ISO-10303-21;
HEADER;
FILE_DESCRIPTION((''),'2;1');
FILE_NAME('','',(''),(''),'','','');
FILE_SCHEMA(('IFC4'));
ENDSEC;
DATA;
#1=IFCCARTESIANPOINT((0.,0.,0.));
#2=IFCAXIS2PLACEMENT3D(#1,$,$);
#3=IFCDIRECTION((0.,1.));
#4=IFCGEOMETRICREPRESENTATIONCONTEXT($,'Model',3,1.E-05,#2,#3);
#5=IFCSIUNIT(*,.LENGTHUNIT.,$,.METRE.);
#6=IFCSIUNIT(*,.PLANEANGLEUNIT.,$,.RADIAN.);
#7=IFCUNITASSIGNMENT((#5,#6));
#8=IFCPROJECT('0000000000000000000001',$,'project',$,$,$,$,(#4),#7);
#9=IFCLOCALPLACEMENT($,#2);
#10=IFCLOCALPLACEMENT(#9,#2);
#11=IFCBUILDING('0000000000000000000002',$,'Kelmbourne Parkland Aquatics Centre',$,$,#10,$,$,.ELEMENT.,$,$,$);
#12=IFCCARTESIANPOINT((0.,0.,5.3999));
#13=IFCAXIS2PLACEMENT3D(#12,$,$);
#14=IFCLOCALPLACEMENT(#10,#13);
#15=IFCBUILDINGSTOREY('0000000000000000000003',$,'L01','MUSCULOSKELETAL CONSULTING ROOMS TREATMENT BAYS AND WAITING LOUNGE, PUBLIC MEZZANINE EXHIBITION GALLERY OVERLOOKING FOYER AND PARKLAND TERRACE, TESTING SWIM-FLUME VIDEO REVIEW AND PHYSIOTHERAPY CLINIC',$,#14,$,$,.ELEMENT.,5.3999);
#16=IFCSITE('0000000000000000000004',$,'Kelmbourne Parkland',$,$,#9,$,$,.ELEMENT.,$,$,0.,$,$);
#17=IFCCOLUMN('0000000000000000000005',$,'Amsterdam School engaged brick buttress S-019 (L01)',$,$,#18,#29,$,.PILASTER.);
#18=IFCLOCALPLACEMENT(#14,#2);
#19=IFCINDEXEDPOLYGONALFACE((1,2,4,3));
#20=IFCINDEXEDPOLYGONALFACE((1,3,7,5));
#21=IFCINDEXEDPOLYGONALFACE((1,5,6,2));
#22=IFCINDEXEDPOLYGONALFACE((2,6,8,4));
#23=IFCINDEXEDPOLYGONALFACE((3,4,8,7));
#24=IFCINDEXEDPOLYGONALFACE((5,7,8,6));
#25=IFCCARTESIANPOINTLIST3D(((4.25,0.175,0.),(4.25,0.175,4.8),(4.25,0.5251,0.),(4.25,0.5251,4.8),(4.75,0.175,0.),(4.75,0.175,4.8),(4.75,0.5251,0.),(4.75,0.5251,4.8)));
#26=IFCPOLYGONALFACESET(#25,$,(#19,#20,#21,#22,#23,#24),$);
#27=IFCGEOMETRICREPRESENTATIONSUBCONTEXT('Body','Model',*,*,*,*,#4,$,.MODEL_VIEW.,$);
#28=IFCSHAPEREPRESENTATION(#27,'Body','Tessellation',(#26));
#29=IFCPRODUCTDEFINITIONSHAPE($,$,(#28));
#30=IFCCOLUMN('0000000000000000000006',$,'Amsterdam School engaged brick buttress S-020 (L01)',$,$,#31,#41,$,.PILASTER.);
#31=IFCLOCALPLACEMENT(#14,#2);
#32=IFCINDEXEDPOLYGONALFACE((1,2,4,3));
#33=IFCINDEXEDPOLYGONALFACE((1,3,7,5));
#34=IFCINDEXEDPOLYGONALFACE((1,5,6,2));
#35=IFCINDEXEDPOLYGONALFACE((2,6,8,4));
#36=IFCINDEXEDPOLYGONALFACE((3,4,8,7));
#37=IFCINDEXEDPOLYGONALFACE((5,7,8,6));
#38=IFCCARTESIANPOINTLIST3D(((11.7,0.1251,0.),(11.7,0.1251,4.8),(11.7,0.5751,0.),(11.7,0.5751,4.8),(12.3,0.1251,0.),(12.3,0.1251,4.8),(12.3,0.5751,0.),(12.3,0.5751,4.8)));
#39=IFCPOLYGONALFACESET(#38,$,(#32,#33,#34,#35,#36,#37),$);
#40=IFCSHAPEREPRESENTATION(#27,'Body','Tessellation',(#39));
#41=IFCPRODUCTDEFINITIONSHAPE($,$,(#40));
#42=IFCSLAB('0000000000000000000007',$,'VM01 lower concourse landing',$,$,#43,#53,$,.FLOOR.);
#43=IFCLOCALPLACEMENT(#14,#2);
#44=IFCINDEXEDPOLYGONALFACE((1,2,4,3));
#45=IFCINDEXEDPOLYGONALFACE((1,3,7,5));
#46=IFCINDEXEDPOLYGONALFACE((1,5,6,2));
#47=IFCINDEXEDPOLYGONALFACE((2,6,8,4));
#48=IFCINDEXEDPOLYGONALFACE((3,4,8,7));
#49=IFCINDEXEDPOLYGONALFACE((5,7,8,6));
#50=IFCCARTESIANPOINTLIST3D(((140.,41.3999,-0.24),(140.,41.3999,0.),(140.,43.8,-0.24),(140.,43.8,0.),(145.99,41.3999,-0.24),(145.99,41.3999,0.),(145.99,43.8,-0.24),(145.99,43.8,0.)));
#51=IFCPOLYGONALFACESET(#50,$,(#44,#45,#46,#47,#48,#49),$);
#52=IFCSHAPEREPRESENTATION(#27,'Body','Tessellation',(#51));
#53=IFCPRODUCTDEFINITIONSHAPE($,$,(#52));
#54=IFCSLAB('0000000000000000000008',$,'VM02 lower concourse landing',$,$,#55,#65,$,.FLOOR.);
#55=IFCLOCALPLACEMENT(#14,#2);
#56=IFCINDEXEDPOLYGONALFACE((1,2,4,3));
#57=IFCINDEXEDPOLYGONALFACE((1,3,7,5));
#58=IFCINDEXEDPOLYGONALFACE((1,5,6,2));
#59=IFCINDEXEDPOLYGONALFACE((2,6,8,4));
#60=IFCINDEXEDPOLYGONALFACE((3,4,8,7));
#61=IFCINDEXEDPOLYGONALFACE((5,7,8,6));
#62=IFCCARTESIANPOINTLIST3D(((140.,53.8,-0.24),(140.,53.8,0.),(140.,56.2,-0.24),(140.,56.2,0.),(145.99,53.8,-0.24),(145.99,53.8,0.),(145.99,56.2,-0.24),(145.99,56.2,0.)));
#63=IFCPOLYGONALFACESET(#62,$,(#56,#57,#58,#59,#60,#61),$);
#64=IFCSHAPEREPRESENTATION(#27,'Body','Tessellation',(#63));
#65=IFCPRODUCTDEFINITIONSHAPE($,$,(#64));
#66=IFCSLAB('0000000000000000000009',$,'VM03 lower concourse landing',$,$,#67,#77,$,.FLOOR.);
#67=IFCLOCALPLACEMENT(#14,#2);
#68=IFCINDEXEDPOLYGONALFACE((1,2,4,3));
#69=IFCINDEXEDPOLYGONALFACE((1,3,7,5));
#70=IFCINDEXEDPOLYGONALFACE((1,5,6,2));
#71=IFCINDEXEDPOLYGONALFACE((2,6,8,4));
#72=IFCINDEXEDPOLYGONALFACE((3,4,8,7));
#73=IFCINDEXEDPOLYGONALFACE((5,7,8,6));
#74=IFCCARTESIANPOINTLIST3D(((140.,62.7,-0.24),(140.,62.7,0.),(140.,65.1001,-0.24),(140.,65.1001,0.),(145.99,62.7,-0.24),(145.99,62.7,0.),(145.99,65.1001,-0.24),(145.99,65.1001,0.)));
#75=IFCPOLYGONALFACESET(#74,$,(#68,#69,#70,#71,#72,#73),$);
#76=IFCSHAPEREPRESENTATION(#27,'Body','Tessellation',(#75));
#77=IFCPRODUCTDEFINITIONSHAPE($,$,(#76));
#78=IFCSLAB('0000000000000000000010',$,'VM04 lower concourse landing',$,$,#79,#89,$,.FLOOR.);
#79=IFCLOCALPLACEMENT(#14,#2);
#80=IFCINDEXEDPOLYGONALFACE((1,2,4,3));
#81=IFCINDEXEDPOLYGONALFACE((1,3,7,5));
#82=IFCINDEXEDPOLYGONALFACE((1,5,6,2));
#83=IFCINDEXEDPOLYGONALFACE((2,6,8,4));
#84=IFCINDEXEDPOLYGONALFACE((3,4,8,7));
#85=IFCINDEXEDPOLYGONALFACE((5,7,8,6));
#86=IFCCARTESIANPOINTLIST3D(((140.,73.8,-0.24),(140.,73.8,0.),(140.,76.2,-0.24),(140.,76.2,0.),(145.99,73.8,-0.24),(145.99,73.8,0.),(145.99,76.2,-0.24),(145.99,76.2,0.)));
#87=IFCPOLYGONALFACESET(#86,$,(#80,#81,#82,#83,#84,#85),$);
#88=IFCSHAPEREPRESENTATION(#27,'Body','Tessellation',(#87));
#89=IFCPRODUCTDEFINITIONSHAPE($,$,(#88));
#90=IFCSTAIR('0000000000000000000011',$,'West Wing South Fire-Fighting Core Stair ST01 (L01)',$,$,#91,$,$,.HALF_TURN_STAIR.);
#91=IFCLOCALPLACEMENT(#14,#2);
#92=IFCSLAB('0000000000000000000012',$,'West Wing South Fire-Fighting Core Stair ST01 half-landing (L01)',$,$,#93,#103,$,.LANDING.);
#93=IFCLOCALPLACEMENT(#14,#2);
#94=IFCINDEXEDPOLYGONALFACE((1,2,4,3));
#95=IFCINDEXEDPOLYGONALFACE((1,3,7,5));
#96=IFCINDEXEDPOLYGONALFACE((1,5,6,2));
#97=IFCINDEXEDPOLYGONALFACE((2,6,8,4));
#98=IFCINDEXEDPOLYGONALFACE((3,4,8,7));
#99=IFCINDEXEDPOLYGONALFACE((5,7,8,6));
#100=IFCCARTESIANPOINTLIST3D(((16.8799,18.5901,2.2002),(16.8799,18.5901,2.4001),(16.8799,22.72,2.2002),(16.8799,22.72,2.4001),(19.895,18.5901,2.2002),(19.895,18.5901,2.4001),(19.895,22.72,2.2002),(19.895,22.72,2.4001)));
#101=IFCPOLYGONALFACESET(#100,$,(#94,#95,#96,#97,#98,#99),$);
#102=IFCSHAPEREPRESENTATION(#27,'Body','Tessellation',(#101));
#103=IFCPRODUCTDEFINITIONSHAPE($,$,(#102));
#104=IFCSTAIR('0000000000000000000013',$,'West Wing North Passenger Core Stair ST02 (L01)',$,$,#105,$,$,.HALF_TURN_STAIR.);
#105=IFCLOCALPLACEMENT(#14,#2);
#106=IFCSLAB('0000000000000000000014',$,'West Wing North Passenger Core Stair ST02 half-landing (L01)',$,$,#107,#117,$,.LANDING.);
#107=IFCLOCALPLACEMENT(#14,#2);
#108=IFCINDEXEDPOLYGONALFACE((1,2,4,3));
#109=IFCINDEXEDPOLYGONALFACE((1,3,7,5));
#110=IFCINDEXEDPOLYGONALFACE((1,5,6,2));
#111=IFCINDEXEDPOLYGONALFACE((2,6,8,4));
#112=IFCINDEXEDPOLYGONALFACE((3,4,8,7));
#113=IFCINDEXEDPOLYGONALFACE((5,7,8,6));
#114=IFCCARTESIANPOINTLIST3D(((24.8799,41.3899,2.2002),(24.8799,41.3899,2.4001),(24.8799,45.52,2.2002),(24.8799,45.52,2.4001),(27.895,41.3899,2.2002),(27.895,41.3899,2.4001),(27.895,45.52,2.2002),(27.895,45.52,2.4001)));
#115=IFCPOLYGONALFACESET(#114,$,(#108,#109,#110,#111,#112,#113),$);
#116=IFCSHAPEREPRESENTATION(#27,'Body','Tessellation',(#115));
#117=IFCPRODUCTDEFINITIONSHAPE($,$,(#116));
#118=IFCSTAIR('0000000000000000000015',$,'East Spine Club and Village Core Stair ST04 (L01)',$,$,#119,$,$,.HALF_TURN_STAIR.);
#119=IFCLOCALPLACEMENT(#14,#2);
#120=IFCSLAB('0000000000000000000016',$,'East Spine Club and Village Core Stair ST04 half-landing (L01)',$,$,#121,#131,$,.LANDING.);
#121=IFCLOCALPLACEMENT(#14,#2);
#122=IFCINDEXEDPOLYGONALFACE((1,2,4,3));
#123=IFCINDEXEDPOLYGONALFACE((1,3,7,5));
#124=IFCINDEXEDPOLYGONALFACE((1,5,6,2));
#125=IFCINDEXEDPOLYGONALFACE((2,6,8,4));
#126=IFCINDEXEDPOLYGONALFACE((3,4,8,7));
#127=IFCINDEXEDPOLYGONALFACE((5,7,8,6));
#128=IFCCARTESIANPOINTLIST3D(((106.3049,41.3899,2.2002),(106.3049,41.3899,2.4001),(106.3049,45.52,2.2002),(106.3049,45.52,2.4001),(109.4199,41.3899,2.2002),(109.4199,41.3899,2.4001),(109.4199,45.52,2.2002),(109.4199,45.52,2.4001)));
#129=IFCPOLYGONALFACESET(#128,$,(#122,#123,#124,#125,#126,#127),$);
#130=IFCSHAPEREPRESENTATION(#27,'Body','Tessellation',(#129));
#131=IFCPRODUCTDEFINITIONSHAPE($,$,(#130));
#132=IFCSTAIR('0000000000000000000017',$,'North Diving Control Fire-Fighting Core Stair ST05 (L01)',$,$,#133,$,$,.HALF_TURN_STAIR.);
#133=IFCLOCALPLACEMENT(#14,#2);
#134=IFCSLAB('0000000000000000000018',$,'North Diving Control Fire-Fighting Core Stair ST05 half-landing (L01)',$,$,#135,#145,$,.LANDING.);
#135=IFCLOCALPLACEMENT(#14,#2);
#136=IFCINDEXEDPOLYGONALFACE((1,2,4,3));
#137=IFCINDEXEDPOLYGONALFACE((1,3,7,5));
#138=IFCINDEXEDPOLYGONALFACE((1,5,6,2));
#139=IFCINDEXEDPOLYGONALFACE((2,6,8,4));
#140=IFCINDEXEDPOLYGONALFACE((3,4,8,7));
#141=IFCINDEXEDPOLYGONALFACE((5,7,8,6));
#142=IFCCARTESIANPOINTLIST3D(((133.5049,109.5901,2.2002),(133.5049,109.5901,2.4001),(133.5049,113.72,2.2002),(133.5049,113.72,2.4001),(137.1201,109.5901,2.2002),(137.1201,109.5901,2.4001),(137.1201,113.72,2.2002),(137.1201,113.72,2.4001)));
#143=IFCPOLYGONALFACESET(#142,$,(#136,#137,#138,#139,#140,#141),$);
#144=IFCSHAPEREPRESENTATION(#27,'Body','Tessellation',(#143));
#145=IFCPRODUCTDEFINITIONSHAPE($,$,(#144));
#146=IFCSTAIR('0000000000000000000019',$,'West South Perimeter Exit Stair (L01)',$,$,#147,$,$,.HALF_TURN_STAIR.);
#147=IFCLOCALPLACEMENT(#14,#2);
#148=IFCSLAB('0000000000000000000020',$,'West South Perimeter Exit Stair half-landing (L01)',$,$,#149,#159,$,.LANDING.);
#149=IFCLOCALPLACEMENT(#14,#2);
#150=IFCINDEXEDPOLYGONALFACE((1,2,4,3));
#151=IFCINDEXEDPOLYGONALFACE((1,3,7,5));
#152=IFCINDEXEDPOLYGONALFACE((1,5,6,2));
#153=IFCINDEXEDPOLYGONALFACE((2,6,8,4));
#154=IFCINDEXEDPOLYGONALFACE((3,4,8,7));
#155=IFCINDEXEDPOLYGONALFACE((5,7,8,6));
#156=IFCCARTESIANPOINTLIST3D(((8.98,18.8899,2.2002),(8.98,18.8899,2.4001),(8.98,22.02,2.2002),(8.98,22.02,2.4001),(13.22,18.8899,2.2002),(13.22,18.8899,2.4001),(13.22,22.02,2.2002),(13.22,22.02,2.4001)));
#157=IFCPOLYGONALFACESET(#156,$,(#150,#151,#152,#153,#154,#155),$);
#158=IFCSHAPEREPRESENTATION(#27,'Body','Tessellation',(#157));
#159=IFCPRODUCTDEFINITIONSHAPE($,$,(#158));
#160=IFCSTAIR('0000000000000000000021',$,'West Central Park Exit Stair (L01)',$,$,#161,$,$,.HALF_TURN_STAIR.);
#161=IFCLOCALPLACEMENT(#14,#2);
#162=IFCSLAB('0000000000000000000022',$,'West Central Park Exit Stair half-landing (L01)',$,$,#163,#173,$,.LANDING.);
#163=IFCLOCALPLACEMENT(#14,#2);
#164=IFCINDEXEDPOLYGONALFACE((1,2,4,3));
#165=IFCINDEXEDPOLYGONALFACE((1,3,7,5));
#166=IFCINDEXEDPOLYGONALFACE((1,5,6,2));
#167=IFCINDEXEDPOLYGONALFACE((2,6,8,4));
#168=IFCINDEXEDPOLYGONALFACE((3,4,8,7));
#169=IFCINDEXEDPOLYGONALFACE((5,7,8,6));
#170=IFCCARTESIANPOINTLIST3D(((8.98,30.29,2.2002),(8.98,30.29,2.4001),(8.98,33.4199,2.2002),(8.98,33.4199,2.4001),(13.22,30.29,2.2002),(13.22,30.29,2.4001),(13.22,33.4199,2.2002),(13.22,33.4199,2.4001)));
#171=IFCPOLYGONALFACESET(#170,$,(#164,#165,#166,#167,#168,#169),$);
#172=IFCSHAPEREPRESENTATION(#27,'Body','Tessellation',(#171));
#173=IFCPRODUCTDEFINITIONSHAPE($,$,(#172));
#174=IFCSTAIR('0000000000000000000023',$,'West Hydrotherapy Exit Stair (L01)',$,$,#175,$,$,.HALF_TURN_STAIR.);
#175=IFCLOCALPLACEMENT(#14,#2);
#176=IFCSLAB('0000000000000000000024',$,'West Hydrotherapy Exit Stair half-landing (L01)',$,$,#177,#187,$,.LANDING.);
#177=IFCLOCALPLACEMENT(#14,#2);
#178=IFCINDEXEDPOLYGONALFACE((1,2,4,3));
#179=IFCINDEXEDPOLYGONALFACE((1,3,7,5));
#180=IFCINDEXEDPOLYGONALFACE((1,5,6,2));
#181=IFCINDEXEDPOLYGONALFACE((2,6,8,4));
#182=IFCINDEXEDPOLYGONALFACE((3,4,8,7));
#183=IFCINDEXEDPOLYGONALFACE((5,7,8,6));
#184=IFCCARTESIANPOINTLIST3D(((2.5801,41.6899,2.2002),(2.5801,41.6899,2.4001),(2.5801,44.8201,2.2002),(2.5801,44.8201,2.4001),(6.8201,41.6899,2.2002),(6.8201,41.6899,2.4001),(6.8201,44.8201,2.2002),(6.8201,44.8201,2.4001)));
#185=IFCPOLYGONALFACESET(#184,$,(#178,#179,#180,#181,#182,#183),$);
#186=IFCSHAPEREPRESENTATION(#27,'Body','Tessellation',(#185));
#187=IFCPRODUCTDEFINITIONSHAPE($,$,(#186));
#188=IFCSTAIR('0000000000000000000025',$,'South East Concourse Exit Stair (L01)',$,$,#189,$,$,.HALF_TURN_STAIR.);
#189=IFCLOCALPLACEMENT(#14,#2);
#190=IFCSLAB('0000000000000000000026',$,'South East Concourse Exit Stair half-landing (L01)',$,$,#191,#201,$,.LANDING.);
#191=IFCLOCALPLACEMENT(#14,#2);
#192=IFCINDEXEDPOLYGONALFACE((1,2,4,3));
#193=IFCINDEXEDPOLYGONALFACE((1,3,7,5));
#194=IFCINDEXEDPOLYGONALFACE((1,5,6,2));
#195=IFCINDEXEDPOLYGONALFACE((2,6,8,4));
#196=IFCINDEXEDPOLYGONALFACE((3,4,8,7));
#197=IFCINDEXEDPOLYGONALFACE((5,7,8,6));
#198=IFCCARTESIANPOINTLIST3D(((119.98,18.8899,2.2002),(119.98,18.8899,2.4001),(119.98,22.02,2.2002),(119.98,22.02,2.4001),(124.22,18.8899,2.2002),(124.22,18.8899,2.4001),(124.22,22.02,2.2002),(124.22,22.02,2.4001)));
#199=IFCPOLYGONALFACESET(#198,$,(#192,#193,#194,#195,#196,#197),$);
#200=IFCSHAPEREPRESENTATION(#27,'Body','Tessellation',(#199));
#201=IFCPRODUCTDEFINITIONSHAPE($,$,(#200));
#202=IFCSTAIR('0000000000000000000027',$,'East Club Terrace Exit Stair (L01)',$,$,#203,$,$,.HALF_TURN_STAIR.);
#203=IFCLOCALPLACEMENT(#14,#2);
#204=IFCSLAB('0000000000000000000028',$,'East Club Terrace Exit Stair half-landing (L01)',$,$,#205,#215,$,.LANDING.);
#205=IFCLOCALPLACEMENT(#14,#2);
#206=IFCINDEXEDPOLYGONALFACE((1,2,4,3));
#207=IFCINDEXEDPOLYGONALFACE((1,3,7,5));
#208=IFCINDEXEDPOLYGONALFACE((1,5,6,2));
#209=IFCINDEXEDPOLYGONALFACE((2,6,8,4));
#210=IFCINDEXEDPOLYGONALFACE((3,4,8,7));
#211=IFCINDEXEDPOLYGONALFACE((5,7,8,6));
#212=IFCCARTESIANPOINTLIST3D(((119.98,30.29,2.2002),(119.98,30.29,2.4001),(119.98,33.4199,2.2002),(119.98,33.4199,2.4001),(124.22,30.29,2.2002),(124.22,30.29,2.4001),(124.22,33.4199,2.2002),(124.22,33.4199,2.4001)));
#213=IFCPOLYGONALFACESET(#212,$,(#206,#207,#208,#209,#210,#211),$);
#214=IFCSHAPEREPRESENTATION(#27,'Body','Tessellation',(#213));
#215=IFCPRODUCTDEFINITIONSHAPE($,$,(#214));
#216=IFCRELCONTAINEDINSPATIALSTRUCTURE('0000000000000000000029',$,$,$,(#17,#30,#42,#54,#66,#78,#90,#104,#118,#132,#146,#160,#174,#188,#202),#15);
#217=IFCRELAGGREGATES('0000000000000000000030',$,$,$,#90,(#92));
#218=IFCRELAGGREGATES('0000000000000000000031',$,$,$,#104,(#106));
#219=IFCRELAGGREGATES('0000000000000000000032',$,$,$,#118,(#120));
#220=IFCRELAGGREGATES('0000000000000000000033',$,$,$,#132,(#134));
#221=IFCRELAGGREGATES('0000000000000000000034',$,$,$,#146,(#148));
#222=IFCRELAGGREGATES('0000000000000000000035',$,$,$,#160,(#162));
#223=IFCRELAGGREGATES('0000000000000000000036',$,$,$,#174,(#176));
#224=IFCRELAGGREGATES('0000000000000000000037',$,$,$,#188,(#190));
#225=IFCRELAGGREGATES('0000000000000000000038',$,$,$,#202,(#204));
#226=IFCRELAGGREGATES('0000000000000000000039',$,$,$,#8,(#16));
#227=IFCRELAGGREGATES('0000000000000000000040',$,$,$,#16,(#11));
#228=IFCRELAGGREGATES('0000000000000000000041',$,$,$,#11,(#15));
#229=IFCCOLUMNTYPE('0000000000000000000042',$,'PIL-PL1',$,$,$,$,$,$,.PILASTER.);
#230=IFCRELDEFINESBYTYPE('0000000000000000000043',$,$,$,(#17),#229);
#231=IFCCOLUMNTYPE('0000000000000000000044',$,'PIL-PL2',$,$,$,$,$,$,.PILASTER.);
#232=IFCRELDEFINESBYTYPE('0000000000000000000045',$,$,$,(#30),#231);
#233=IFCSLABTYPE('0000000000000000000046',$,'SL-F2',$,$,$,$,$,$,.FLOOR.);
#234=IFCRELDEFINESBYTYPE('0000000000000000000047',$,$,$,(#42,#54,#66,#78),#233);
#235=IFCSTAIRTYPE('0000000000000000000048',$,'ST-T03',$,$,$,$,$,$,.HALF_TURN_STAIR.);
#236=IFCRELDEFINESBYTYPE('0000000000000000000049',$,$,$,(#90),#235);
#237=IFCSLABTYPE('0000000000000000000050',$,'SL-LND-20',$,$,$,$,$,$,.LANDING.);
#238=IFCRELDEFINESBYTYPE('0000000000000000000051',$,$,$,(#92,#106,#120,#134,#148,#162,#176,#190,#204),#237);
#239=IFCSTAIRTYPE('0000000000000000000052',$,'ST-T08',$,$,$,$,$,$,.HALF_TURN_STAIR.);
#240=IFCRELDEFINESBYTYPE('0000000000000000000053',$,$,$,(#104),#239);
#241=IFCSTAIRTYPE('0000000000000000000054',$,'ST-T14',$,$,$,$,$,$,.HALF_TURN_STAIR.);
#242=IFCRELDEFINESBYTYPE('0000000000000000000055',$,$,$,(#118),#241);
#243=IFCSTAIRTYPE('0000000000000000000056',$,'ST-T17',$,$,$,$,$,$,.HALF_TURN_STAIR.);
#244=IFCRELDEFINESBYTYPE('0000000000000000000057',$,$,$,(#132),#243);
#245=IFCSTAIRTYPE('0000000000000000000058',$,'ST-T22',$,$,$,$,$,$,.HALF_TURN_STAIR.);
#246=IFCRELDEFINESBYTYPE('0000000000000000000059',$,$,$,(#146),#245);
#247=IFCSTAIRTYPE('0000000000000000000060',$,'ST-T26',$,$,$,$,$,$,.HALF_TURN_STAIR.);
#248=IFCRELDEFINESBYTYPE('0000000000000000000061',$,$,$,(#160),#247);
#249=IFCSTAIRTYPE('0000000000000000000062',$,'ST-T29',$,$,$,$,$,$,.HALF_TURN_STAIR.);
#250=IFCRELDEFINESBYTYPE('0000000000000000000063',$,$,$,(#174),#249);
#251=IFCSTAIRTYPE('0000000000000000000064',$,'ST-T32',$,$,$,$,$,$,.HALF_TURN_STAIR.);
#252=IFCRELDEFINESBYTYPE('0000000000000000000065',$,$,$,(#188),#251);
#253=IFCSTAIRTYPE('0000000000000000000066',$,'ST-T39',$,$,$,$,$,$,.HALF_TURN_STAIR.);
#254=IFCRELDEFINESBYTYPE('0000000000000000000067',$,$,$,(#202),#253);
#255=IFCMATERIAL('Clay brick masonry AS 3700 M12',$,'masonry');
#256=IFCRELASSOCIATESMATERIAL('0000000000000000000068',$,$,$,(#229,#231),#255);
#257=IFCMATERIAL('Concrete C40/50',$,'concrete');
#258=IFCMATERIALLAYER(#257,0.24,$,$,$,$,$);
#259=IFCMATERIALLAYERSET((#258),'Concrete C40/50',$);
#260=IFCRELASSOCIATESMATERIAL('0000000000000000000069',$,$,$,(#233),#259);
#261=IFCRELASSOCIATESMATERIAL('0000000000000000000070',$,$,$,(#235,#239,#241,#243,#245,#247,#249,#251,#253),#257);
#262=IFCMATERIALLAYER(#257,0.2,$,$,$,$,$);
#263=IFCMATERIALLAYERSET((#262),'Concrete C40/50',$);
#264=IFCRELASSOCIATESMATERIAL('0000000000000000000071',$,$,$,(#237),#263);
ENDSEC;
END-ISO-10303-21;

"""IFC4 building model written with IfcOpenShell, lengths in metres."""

from ifc_helpers import new_model, si_unit, direction, frame, origin, origin_2d, place, context, subcontext, project, spatial, polyline, rectangle, outline, extrude, material, layer, layer_set, material_profile, profile_set, type_object, element, aggregate, save


model = new_model("IFC4")

# Units and contexts
model_context = context("Model", 3, precision=1e-05, world=origin(), true_north=direction((0.0, 1.0)))
body_context = subcontext(model_context, "Body", "Model", "MODEL_VIEW")
ifc_project = project(units=[si_unit("LENGTHUNIT", "METRE"), si_unit("PLANEANGLEUNIT", "RADIAN")], contexts=[model_context])

# Site, building, storey
site_placement = place(None, origin())
site = spatial("IfcSite", under=ifc_project, at=site_placement, Name="Kelmbourne Parkland", CompositionType="ELEMENT", RefElevation=0.0)
building_placement = place(site_placement, origin())
building = spatial("IfcBuilding", under=site, at=building_placement, Name="Kelmbourne Parkland Aquatics Centre", CompositionType="ELEMENT")
storey_placement = place(building_placement, frame((0.0, 0.0, 5.3999)))
storey = spatial("IfcBuildingStorey", under=building, at=storey_placement, Name="L01", Description="MUSCULOSKELETAL CONSULTING ROOMS TREATMENT BAYS AND WAITING LOUNGE, PUBLIC MEZZANINE EXHIBITION GALLERY OVERLOOKING FOYER AND PARKLAND TERRACE, TESTING SWIM-FLUME VIDEO REVIEW AND PHYSIOTHERAPY CLINIC", CompositionType="ELEMENT", Elevation=5.3999)

# Columns
ifc_material_1 = material(Name="Clay brick masonry AS 3700 M12", Category="masonry")
ifc_material_profile_1 = material_profile(ifc_material_1, rectangle(XDim=0.3501, YDim=0.5, at=origin_2d()), Name="PIL 350x500")
ifc_profile_set_1 = profile_set([ifc_material_profile_1], Name="Clay brick masonry AS 3700 M12")
column_type_1 = type_object("IfcColumnType", Name="PIL-PL1", PredefinedType="PILASTER", material=ifc_profile_set_1)
column_1_placement = place(storey_placement, frame((4.5, 0.3501, 0.0), z_axis=(0.0, 0.0, 1.0), x_axis=(0.0, 1.0, 0.0)))
element("IfcColumn", 1, at=column_1_placement, inside=storey, type_object=column_type_1, Name="Amsterdam School engaged brick buttress S-019 (L01)", PredefinedType="PILASTER", context=body_context, shape_type="SweptSolid", body=[
    extrude(rectangle(XDim=0.3501, YDim=0.5, at=origin_2d()), origin(), (0.0, 0.0, 1.0), 4.8),
])
ifc_material_profile_2 = material_profile(ifc_material_1, rectangle(XDim=0.45, YDim=0.6001, at=origin_2d()), Name="PIL 450x600")
ifc_profile_set_2 = profile_set([ifc_material_profile_2], Name="Clay brick masonry AS 3700 M12")
column_type_2 = type_object("IfcColumnType", Name="PIL-PL2", PredefinedType="PILASTER", material=ifc_profile_set_2)
column_2_placement = place(storey_placement, frame((12.0, 0.3501, 0.0), z_axis=(0.0, 0.0, 1.0), x_axis=(0.0, 1.0, 0.0)))
element("IfcColumn", 2, at=column_2_placement, inside=storey, type_object=column_type_2, Name="Amsterdam School engaged brick buttress S-020 (L01)", PredefinedType="PILASTER", context=body_context, shape_type="SweptSolid", body=[
    extrude(rectangle(XDim=0.45, YDim=0.6001, at=origin_2d()), origin(), (0.0, 0.0, 1.0), 4.8),
])

# Slabs
ifc_material_2 = material(Name="Concrete C40/50", Category="concrete")
ifc_layer_1 = layer(ifc_material_2, 0.24)
ifc_layer_set_1 = layer_set([ifc_layer_1], Name="Concrete C40/50")
slab_type_1 = type_object("IfcSlabType", Name="SL-F2", PredefinedType="FLOOR", material=ifc_layer_set_1)
slab_1_placement = place(storey_placement, frame((0.0, 0.0, -0.24)))
element("IfcSlab", 3, at=slab_1_placement, inside=storey, type_object=slab_type_1, Name="VM01 lower concourse landing", PredefinedType="FLOOR", context=body_context, shape_type="SweptSolid", body=[
    extrude(outline(polyline([(140.0, 41.3999), (145.99, 41.3999), (145.99, 43.8), (140.0, 43.8), (140.0, 41.3999)])), origin(), (0.0, 0.0, 1.0), 0.24),
])
slab_2_placement = place(storey_placement, frame((0.0, 0.0, -0.24)))
element("IfcSlab", 4, at=slab_2_placement, inside=storey, type_object=slab_type_1, Name="VM02 lower concourse landing", PredefinedType="FLOOR", context=body_context, shape_type="SweptSolid", body=[
    extrude(outline(polyline([(140.0, 53.8), (145.99, 53.8), (145.99, 56.2), (140.0, 56.2), (140.0, 53.8)])), origin(), (0.0, 0.0, 1.0), 0.24),
])
slab_3_placement = place(storey_placement, frame((0.0, 0.0, -0.24)))
element("IfcSlab", 5, at=slab_3_placement, inside=storey, type_object=slab_type_1, Name="VM03 lower concourse landing", PredefinedType="FLOOR", context=body_context, shape_type="SweptSolid", body=[
    extrude(outline(polyline([(140.0, 62.7), (145.99, 62.7), (145.99, 65.1001), (140.0, 65.1001), (140.0, 62.7)])), origin(), (0.0, 0.0, 1.0), 0.24),
])
slab_4_placement = place(storey_placement, frame((0.0, 0.0, -0.24)))
element("IfcSlab", 6, at=slab_4_placement, inside=storey, type_object=slab_type_1, Name="VM04 lower concourse landing", PredefinedType="FLOOR", context=body_context, shape_type="SweptSolid", body=[
    extrude(outline(polyline([(140.0, 73.8), (145.99, 73.8), (145.99, 76.2), (140.0, 76.2), (140.0, 73.8)])), origin(), (0.0, 0.0, 1.0), 0.24),
])

# Stairs, slabs
stair_type_1 = type_object("IfcStairType", Name="ST-T03", PredefinedType="HALF_TURN_STAIR", material=ifc_material_2)
stair_1_placement = place(storey_placement, origin())
stair_1 = element("IfcStair", 7, at=stair_1_placement, inside=storey, type_object=stair_type_1, Name="West Wing South Fire-Fighting Core Stair ST01 (L01)", PredefinedType="HALF_TURN_STAIR")
ifc_layer_2 = layer(ifc_material_2, 0.2)
ifc_layer_set_2 = layer_set([ifc_layer_2], Name="Concrete C40/50")
slab_type_2 = type_object("IfcSlabType", Name="SL-LND-20", PredefinedType="LANDING", material=ifc_layer_set_2)
slab_5_placement = place(storey_placement, frame((0.0, 0.0, 2.2002)))
slab_5 = element("IfcSlab", 8, at=slab_5_placement, type_object=slab_type_2, Name="West Wing South Fire-Fighting Core Stair ST01 half-landing (L01)", PredefinedType="LANDING", context=body_context, shape_type="SweptSolid", body=[
    extrude(outline(polyline([(16.8799, 18.5901), (19.895, 18.5901), (19.895, 22.72), (16.8799, 22.72), (16.8799, 18.5901)])), origin(), (0.0, 0.0, 1.0), 0.2),
])
aggregate(stair_1, [slab_5])
stair_type_2 = type_object("IfcStairType", Name="ST-T08", PredefinedType="HALF_TURN_STAIR", material=ifc_material_2)
stair_2_placement = place(storey_placement, origin())
stair_2 = element("IfcStair", 9, at=stair_2_placement, inside=storey, type_object=stair_type_2, Name="West Wing North Passenger Core Stair ST02 (L01)", PredefinedType="HALF_TURN_STAIR")
slab_6_placement = place(storey_placement, frame((0.0, 0.0, 2.2002)))
slab_6 = element("IfcSlab", 10, at=slab_6_placement, type_object=slab_type_2, Name="West Wing North Passenger Core Stair ST02 half-landing (L01)", PredefinedType="LANDING", context=body_context, shape_type="SweptSolid", body=[
    extrude(outline(polyline([(24.8799, 41.3899), (27.895, 41.3899), (27.895, 45.52), (24.8799, 45.52), (24.8799, 41.3899)])), origin(), (0.0, 0.0, 1.0), 0.2),
])
aggregate(stair_2, [slab_6])
stair_type_3 = type_object("IfcStairType", Name="ST-T14", PredefinedType="HALF_TURN_STAIR", material=ifc_material_2)
stair_3_placement = place(storey_placement, origin())
stair_3 = element("IfcStair", 11, at=stair_3_placement, inside=storey, type_object=stair_type_3, Name="East Spine Club and Village Core Stair ST04 (L01)", PredefinedType="HALF_TURN_STAIR")
slab_7_placement = place(storey_placement, frame((0.0, 0.0, 2.2002)))
slab_7 = element("IfcSlab", 12, at=slab_7_placement, type_object=slab_type_2, Name="East Spine Club and Village Core Stair ST04 half-landing (L01)", PredefinedType="LANDING", context=body_context, shape_type="SweptSolid", body=[
    extrude(outline(polyline([(106.3049, 41.3899), (109.4199, 41.3899), (109.4199, 45.52), (106.3049, 45.52), (106.3049, 41.3899)])), origin(), (0.0, 0.0, 1.0), 0.2),
])
aggregate(stair_3, [slab_7])
stair_type_4 = type_object("IfcStairType", Name="ST-T17", PredefinedType="HALF_TURN_STAIR", material=ifc_material_2)
stair_4_placement = place(storey_placement, origin())
stair_4 = element("IfcStair", 13, at=stair_4_placement, inside=storey, type_object=stair_type_4, Name="North Diving Control Fire-Fighting Core Stair ST05 (L01)", PredefinedType="HALF_TURN_STAIR")
slab_8_placement = place(storey_placement, frame((0.0, 0.0, 2.2002)))
slab_8 = element("IfcSlab", 14, at=slab_8_placement, type_object=slab_type_2, Name="North Diving Control Fire-Fighting Core Stair ST05 half-landing (L01)", PredefinedType="LANDING", context=body_context, shape_type="SweptSolid", body=[
    extrude(outline(polyline([(133.5049, 109.5901), (137.1201, 109.5901), (137.1201, 113.72), (133.5049, 113.72), (133.5049, 109.5901)])), origin(), (0.0, 0.0, 1.0), 0.2),
])
aggregate(stair_4, [slab_8])
stair_type_5 = type_object("IfcStairType", Name="ST-T22", PredefinedType="HALF_TURN_STAIR", material=ifc_material_2)
stair_5_placement = place(storey_placement, origin())
stair_5 = element("IfcStair", 15, at=stair_5_placement, inside=storey, type_object=stair_type_5, Name="West South Perimeter Exit Stair (L01)", PredefinedType="HALF_TURN_STAIR")
slab_9_placement = place(storey_placement, frame((0.0, 0.0, 2.2002)))
slab_9 = element("IfcSlab", 16, at=slab_9_placement, type_object=slab_type_2, Name="West South Perimeter Exit Stair half-landing (L01)", PredefinedType="LANDING", context=body_context, shape_type="SweptSolid", body=[
    extrude(outline(polyline([(8.98, 18.8899), (13.22, 18.8899), (13.22, 22.02), (8.98, 22.02), (8.98, 18.8899)])), origin(), (0.0, 0.0, 1.0), 0.2),
])
aggregate(stair_5, [slab_9])
stair_type_6 = type_object("IfcStairType", Name="ST-T26", PredefinedType="HALF_TURN_STAIR", material=ifc_material_2)
stair_6_placement = place(storey_placement, origin())
stair_6 = element("IfcStair", 17, at=stair_6_placement, inside=storey, type_object=stair_type_6, Name="West Central Park Exit Stair (L01)", PredefinedType="HALF_TURN_STAIR")
slab_10_placement = place(storey_placement, frame((0.0, 0.0, 2.2002)))
slab_10 = element("IfcSlab", 18, at=slab_10_placement, type_object=slab_type_2, Name="West Central Park Exit Stair half-landing (L01)", PredefinedType="LANDING", context=body_context, shape_type="SweptSolid", body=[
    extrude(outline(polyline([(8.98, 30.29), (13.22, 30.29), (13.22, 33.4199), (8.98, 33.4199), (8.98, 30.29)])), origin(), (0.0, 0.0, 1.0), 0.2),
])
aggregate(stair_6, [slab_10])
stair_type_7 = type_object("IfcStairType", Name="ST-T29", PredefinedType="HALF_TURN_STAIR", material=ifc_material_2)
stair_7_placement = place(storey_placement, origin())
stair_7 = element("IfcStair", 19, at=stair_7_placement, inside=storey, type_object=stair_type_7, Name="West Hydrotherapy Exit Stair (L01)", PredefinedType="HALF_TURN_STAIR")
slab_11_placement = place(storey_placement, frame((0.0, 0.0, 2.2002)))
slab_11 = element("IfcSlab", 20, at=slab_11_placement, type_object=slab_type_2, Name="West Hydrotherapy Exit Stair half-landing (L01)", PredefinedType="LANDING", context=body_context, shape_type="SweptSolid", body=[
    extrude(outline(polyline([(2.5801, 41.6899), (6.8201, 41.6899), (6.8201, 44.8201), (2.5801, 44.8201), (2.5801, 41.6899)])), origin(), (0.0, 0.0, 1.0), 0.2),
])
aggregate(stair_7, [slab_11])
stair_type_8 = type_object("IfcStairType", Name="ST-T32", PredefinedType="HALF_TURN_STAIR", material=ifc_material_2)
stair_8_placement = place(storey_placement, origin())
stair_8 = element("IfcStair", 21, at=stair_8_placement, inside=storey, type_object=stair_type_8, Name="South East Concourse Exit Stair (L01)", PredefinedType="HALF_TURN_STAIR")
slab_12_placement = place(storey_placement, frame((0.0, 0.0, 2.2002)))
slab_12 = element("IfcSlab", 22, at=slab_12_placement, type_object=slab_type_2, Name="South East Concourse Exit Stair half-landing (L01)", PredefinedType="LANDING", context=body_context, shape_type="SweptSolid", body=[
    extrude(outline(polyline([(119.98, 18.8899), (124.22, 18.8899), (124.22, 22.02), (119.98, 22.02), (119.98, 18.8899)])), origin(), (0.0, 0.0, 1.0), 0.2),
])
aggregate(stair_8, [slab_12])
stair_type_9 = type_object("IfcStairType", Name="ST-T39", PredefinedType="HALF_TURN_STAIR", material=ifc_material_2)
stair_9_placement = place(storey_placement, origin())
stair_9 = element("IfcStair", 23, at=stair_9_placement, inside=storey, type_object=stair_type_9, Name="East Club Terrace Exit Stair (L01)", PredefinedType="HALF_TURN_STAIR")
slab_13_placement = place(storey_placement, frame((0.0, 0.0, 2.2002)))
slab_13 = element("IfcSlab", 24, at=slab_13_placement, type_object=slab_type_2, Name="East Club Terrace Exit Stair half-landing (L01)", PredefinedType="LANDING", context=body_context, shape_type="SweptSolid", body=[
    extrude(outline(polyline([(119.98, 30.29), (124.22, 30.29), (124.22, 33.4199), (119.98, 33.4199), (119.98, 30.29)])), origin(), (0.0, 0.0, 1.0), 0.2),
])
aggregate(stair_9, [slab_13])

save(model, "model.ifc")
